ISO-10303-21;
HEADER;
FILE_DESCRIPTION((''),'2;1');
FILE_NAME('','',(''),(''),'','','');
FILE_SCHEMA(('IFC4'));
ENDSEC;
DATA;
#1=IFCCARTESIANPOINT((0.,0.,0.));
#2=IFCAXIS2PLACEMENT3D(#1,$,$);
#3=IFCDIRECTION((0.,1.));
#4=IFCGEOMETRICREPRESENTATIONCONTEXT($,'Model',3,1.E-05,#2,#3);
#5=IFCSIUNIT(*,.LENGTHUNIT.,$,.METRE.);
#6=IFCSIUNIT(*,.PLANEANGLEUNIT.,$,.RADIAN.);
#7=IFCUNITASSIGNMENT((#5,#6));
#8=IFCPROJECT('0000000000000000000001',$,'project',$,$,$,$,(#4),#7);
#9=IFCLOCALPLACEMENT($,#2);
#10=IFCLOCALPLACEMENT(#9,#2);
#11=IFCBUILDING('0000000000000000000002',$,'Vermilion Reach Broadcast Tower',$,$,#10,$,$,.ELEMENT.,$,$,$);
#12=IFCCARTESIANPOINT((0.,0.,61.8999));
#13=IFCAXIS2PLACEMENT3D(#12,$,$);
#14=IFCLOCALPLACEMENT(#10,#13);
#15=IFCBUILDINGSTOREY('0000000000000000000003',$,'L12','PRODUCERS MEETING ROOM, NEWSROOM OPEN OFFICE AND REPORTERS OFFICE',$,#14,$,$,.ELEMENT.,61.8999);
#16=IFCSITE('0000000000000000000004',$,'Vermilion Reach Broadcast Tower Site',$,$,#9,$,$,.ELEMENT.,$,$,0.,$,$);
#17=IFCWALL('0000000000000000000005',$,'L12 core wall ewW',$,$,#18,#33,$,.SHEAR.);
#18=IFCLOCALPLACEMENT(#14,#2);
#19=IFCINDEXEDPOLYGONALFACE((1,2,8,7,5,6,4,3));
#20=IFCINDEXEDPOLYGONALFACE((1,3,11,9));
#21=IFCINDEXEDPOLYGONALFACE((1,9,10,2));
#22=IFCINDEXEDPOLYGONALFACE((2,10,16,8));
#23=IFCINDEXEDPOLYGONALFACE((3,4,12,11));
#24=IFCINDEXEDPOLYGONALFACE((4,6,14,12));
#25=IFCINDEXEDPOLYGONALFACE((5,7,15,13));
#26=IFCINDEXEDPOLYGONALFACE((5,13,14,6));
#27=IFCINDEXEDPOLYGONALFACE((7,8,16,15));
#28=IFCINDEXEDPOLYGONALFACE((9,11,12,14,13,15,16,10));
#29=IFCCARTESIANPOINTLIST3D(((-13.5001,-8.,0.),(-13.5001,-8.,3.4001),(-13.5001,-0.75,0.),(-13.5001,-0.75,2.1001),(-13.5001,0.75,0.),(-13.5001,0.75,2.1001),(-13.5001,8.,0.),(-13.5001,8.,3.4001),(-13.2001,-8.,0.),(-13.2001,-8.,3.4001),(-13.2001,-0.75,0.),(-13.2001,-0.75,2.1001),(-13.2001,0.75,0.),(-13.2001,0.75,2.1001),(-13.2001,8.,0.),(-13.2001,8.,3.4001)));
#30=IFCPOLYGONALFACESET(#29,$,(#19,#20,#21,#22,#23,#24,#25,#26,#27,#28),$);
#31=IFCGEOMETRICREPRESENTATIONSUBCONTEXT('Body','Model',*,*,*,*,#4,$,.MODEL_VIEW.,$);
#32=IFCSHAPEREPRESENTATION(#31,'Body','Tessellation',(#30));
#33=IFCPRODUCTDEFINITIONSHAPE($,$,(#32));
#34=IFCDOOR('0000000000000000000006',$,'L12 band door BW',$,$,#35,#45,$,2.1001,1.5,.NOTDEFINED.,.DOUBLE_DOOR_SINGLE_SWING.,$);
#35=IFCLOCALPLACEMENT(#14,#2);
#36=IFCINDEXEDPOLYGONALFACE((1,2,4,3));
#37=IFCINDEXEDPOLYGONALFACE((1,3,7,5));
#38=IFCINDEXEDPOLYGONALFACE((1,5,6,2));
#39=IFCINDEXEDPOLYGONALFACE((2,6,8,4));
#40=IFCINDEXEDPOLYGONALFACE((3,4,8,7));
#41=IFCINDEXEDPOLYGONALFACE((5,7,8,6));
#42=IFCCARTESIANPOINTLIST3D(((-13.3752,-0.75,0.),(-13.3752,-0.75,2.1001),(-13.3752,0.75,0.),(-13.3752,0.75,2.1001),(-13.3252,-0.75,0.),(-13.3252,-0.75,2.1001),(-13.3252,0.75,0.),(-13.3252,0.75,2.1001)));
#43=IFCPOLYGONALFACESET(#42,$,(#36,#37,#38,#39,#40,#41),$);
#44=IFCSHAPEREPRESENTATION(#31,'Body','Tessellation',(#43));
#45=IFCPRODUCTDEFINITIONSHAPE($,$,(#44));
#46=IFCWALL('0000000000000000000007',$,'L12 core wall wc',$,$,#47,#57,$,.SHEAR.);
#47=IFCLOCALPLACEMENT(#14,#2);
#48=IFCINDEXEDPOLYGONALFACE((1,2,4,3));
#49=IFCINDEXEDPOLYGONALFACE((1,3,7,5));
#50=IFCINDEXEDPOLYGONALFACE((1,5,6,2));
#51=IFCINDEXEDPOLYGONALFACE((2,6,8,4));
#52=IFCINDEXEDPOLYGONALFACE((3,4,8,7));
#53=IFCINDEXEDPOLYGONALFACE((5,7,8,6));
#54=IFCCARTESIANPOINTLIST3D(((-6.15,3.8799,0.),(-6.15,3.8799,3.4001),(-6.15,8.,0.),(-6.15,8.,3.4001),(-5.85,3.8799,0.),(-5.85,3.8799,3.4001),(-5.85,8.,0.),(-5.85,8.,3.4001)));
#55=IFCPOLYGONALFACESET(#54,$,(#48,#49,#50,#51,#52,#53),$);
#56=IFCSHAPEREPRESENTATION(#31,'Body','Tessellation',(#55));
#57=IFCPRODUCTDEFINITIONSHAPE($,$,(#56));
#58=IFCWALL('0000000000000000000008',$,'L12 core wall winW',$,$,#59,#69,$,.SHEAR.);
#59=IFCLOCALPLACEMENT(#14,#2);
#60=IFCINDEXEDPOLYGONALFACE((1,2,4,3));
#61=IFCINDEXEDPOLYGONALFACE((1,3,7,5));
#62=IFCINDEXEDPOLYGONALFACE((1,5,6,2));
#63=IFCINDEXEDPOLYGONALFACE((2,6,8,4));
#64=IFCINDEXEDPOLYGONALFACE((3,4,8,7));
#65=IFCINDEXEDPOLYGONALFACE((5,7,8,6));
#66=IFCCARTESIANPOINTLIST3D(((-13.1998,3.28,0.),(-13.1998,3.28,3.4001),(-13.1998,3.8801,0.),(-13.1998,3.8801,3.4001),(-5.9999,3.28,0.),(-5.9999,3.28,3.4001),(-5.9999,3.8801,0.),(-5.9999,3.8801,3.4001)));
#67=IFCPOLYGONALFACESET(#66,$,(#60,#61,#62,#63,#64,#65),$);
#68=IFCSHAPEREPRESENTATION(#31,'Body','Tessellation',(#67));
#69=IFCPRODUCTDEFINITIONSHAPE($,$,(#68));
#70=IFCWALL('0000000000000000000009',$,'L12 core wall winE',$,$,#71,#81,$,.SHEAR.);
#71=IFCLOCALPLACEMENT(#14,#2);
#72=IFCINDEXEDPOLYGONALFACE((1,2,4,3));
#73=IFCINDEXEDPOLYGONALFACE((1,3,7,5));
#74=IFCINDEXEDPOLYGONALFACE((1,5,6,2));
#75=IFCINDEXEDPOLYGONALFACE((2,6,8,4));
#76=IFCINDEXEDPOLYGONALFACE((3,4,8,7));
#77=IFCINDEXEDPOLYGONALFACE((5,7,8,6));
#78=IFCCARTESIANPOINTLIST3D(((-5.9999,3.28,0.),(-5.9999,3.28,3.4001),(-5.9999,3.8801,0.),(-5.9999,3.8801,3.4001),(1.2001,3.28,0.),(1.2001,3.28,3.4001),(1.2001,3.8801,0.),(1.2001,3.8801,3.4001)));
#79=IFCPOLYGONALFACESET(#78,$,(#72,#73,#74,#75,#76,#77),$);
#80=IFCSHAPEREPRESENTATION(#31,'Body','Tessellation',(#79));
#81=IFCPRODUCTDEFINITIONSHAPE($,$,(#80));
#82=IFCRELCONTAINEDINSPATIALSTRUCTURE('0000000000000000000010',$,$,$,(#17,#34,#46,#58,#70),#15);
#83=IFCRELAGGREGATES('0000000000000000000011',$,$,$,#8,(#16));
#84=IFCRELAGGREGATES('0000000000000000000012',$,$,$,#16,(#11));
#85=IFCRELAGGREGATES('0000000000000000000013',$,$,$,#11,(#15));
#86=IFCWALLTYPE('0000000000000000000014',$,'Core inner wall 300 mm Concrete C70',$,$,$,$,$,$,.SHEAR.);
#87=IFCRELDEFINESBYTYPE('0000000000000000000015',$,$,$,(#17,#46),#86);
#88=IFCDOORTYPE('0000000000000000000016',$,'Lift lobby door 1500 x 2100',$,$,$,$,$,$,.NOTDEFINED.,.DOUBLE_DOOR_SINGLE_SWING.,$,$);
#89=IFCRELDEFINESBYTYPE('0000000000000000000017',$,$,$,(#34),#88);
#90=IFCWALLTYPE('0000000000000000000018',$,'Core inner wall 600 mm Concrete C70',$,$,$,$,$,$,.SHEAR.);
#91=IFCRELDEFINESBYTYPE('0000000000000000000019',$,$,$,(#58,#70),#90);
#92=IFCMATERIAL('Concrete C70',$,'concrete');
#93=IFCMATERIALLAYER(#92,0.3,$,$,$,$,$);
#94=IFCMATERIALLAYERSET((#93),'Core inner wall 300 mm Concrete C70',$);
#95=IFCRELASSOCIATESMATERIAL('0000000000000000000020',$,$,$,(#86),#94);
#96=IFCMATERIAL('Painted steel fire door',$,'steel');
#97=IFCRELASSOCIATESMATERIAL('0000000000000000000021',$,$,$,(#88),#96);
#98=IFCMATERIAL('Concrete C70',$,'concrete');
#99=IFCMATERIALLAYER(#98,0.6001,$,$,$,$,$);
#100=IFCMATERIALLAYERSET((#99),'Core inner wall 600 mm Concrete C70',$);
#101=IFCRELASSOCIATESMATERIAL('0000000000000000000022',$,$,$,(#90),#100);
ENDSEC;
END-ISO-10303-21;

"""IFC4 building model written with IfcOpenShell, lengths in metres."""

from ifc_helpers import new_model, si_unit, direction, frame, frame_2d, origin, place, context, subcontext, project, spatial, rectangle, extrude, material, layer, layer_set, type_object, element, fill, save


model = new_model("IFC4")

# Units and contexts
model_context = context("Model", 3, precision=1e-05, world=origin(), true_north=direction((0.0, 1.0)))
body_context = subcontext(model_context, "Body", "Model", "MODEL_VIEW")
ifc_project = project(units=[si_unit("LENGTHUNIT", "METRE"), si_unit("PLANEANGLEUNIT", "RADIAN")], contexts=[model_context])

# Site, building, storey
site_placement = place(None, origin())
site = spatial("IfcSite", under=ifc_project, at=site_placement, Name="Vermilion Reach Broadcast Tower Site", CompositionType="ELEMENT", RefElevation=0.0)
building_placement = place(site_placement, origin())
building = spatial("IfcBuilding", under=site, at=building_placement, Name="Vermilion Reach Broadcast Tower", CompositionType="ELEMENT")
storey_placement = place(building_placement, frame((0.0, 0.0, 61.8999)))
storey = spatial("IfcBuildingStorey", under=building, at=storey_placement, Name="L12", Description="PRODUCERS MEETING ROOM, NEWSROOM OPEN OFFICE AND REPORTERS OFFICE", CompositionType="ELEMENT", Elevation=61.8999)

# Wall, opening, door
ifc_material_1 = material(Name="Concrete C70", Category="concrete")
ifc_layer_1 = layer(ifc_material_1, 0.3)
ifc_layer_set_1 = layer_set([ifc_layer_1], Name="Core inner wall 300 mm Concrete C70")
wall_type_1 = type_object("IfcWallType", Name="Core inner wall 300 mm Concrete C70", PredefinedType="SHEAR", material=ifc_layer_set_1)
wall_1_placement = place(storey_placement, frame((-13.3501, 8.0, 0.0), z_axis=(0.0, 0.0, 1.0), x_axis=(0.0, -1.0, 0.0)))
wall_1 = element("IfcWall", 1, at=wall_1_placement, inside=storey, type_object=wall_type_1, Name="L12 core wall ewW", PredefinedType="SHEAR", context=body_context, shape_type="SweptSolid", body=[
    extrude(rectangle(XDim=16.0, YDim=0.3, at=frame_2d((8.0, 0.0))), origin(), (0.0, 0.0, 1.0), 3.4001),
])
opening_1_placement = place(wall_1_placement, frame((7.25, 0.0, 0.0)))
opening_1 = element("IfcOpeningElement", 2, at=opening_1_placement, cuts=wall_1, PredefinedType="OPENING", context=body_context, shape_type="SweptSolid", body=[
    extrude(rectangle(XDim=1.5, YDim=2.1001, at=frame_2d((0.75, 1.05))), frame((0.0, 0.1599, 0.0), z_axis=(0.0, -1.0, 0.0), x_axis=(1.0, 0.0, 0.0)), (0.0, 0.0, 1.0), 0.3201),
])
ifc_material_2 = material(Name="Painted steel fire door", Category="steel")
door_type_1 = type_object("IfcDoorType", Name="Lift lobby door 1500 x 2100", OperationType="DOUBLE_DOOR_SINGLE_SWING", PredefinedType="NOTDEFINED", material=ifc_material_2)
door_1_placement = place(opening_1_placement, origin())
door_1 = element("IfcDoor", 3, at=door_1_placement, inside=storey, type_object=door_type_1, Name="L12 band door BW", OperationType="DOUBLE_DOOR_SINGLE_SWING", OverallHeight=2.1001, OverallWidth=1.5, PredefinedType="NOTDEFINED", context=body_context, shape_type="SweptSolid", body=[
    extrude(rectangle(XDim=1.5, YDim=2.1001, at=frame_2d((0.75, 1.05))), frame((0.0, 0.0249, 0.0), z_axis=(0.0, -1.0, 0.0), x_axis=(1.0, 0.0, 0.0)), (0.0, 0.0, 1.0), 0.05),
])
fill(opening_1, door_1)

# Walls
wall_2_placement = place(storey_placement, frame((-6.0, 3.8799, 0.0), z_axis=(0.0, 0.0, 1.0), x_axis=(0.0, 1.0, 0.0)))
element("IfcWall", 4, at=wall_2_placement, inside=storey, type_object=wall_type_1, Name="L12 core wall wc", PredefinedType="SHEAR", context=body_context, shape_type="SweptSolid", body=[
    extrude(rectangle(XDim=4.1201, YDim=0.3, at=frame_2d((2.0601, 0.0))), origin(), (0.0, 0.0, 1.0), 3.4001),
])
ifc_material_3 = material(Name="Concrete C70", Category="concrete")
ifc_layer_2 = layer(ifc_material_3, 0.6001)
ifc_layer_set_2 = layer_set([ifc_layer_2], Name="Core inner wall 600 mm Concrete C70")
wall_type_2 = type_object("IfcWallType", Name="Core inner wall 600 mm Concrete C70", PredefinedType="SHEAR", material=ifc_layer_set_2)
for number, where, z_axis, x_axis, name in (
    (5, (-13.2, 3.5801, 0.0), (0.0, 0.0, 1.0), (1.0, 0.0, 0.0), "L12 core wall winW"),
    (6, (-6.0, 3.5801, 0.0), (0.0, 0.0, 1.0), (1.0, 0.0, 0.0), "L12 core wall winE"),
):
    element("IfcWall", number, at=place(storey_placement, frame(where, z_axis=z_axis, x_axis=x_axis)), inside=storey, type_object=wall_type_2, Name=name, PredefinedType="SHEAR", context=body_context, shape_type="SweptSolid", body=[
        extrude(rectangle(XDim=7.2, YDim=0.6001, at=frame_2d((3.6001, 0.0))), origin(), (0.0, 0.0, 1.0), 3.4001),
    ])

save(model, "model.ifc")
